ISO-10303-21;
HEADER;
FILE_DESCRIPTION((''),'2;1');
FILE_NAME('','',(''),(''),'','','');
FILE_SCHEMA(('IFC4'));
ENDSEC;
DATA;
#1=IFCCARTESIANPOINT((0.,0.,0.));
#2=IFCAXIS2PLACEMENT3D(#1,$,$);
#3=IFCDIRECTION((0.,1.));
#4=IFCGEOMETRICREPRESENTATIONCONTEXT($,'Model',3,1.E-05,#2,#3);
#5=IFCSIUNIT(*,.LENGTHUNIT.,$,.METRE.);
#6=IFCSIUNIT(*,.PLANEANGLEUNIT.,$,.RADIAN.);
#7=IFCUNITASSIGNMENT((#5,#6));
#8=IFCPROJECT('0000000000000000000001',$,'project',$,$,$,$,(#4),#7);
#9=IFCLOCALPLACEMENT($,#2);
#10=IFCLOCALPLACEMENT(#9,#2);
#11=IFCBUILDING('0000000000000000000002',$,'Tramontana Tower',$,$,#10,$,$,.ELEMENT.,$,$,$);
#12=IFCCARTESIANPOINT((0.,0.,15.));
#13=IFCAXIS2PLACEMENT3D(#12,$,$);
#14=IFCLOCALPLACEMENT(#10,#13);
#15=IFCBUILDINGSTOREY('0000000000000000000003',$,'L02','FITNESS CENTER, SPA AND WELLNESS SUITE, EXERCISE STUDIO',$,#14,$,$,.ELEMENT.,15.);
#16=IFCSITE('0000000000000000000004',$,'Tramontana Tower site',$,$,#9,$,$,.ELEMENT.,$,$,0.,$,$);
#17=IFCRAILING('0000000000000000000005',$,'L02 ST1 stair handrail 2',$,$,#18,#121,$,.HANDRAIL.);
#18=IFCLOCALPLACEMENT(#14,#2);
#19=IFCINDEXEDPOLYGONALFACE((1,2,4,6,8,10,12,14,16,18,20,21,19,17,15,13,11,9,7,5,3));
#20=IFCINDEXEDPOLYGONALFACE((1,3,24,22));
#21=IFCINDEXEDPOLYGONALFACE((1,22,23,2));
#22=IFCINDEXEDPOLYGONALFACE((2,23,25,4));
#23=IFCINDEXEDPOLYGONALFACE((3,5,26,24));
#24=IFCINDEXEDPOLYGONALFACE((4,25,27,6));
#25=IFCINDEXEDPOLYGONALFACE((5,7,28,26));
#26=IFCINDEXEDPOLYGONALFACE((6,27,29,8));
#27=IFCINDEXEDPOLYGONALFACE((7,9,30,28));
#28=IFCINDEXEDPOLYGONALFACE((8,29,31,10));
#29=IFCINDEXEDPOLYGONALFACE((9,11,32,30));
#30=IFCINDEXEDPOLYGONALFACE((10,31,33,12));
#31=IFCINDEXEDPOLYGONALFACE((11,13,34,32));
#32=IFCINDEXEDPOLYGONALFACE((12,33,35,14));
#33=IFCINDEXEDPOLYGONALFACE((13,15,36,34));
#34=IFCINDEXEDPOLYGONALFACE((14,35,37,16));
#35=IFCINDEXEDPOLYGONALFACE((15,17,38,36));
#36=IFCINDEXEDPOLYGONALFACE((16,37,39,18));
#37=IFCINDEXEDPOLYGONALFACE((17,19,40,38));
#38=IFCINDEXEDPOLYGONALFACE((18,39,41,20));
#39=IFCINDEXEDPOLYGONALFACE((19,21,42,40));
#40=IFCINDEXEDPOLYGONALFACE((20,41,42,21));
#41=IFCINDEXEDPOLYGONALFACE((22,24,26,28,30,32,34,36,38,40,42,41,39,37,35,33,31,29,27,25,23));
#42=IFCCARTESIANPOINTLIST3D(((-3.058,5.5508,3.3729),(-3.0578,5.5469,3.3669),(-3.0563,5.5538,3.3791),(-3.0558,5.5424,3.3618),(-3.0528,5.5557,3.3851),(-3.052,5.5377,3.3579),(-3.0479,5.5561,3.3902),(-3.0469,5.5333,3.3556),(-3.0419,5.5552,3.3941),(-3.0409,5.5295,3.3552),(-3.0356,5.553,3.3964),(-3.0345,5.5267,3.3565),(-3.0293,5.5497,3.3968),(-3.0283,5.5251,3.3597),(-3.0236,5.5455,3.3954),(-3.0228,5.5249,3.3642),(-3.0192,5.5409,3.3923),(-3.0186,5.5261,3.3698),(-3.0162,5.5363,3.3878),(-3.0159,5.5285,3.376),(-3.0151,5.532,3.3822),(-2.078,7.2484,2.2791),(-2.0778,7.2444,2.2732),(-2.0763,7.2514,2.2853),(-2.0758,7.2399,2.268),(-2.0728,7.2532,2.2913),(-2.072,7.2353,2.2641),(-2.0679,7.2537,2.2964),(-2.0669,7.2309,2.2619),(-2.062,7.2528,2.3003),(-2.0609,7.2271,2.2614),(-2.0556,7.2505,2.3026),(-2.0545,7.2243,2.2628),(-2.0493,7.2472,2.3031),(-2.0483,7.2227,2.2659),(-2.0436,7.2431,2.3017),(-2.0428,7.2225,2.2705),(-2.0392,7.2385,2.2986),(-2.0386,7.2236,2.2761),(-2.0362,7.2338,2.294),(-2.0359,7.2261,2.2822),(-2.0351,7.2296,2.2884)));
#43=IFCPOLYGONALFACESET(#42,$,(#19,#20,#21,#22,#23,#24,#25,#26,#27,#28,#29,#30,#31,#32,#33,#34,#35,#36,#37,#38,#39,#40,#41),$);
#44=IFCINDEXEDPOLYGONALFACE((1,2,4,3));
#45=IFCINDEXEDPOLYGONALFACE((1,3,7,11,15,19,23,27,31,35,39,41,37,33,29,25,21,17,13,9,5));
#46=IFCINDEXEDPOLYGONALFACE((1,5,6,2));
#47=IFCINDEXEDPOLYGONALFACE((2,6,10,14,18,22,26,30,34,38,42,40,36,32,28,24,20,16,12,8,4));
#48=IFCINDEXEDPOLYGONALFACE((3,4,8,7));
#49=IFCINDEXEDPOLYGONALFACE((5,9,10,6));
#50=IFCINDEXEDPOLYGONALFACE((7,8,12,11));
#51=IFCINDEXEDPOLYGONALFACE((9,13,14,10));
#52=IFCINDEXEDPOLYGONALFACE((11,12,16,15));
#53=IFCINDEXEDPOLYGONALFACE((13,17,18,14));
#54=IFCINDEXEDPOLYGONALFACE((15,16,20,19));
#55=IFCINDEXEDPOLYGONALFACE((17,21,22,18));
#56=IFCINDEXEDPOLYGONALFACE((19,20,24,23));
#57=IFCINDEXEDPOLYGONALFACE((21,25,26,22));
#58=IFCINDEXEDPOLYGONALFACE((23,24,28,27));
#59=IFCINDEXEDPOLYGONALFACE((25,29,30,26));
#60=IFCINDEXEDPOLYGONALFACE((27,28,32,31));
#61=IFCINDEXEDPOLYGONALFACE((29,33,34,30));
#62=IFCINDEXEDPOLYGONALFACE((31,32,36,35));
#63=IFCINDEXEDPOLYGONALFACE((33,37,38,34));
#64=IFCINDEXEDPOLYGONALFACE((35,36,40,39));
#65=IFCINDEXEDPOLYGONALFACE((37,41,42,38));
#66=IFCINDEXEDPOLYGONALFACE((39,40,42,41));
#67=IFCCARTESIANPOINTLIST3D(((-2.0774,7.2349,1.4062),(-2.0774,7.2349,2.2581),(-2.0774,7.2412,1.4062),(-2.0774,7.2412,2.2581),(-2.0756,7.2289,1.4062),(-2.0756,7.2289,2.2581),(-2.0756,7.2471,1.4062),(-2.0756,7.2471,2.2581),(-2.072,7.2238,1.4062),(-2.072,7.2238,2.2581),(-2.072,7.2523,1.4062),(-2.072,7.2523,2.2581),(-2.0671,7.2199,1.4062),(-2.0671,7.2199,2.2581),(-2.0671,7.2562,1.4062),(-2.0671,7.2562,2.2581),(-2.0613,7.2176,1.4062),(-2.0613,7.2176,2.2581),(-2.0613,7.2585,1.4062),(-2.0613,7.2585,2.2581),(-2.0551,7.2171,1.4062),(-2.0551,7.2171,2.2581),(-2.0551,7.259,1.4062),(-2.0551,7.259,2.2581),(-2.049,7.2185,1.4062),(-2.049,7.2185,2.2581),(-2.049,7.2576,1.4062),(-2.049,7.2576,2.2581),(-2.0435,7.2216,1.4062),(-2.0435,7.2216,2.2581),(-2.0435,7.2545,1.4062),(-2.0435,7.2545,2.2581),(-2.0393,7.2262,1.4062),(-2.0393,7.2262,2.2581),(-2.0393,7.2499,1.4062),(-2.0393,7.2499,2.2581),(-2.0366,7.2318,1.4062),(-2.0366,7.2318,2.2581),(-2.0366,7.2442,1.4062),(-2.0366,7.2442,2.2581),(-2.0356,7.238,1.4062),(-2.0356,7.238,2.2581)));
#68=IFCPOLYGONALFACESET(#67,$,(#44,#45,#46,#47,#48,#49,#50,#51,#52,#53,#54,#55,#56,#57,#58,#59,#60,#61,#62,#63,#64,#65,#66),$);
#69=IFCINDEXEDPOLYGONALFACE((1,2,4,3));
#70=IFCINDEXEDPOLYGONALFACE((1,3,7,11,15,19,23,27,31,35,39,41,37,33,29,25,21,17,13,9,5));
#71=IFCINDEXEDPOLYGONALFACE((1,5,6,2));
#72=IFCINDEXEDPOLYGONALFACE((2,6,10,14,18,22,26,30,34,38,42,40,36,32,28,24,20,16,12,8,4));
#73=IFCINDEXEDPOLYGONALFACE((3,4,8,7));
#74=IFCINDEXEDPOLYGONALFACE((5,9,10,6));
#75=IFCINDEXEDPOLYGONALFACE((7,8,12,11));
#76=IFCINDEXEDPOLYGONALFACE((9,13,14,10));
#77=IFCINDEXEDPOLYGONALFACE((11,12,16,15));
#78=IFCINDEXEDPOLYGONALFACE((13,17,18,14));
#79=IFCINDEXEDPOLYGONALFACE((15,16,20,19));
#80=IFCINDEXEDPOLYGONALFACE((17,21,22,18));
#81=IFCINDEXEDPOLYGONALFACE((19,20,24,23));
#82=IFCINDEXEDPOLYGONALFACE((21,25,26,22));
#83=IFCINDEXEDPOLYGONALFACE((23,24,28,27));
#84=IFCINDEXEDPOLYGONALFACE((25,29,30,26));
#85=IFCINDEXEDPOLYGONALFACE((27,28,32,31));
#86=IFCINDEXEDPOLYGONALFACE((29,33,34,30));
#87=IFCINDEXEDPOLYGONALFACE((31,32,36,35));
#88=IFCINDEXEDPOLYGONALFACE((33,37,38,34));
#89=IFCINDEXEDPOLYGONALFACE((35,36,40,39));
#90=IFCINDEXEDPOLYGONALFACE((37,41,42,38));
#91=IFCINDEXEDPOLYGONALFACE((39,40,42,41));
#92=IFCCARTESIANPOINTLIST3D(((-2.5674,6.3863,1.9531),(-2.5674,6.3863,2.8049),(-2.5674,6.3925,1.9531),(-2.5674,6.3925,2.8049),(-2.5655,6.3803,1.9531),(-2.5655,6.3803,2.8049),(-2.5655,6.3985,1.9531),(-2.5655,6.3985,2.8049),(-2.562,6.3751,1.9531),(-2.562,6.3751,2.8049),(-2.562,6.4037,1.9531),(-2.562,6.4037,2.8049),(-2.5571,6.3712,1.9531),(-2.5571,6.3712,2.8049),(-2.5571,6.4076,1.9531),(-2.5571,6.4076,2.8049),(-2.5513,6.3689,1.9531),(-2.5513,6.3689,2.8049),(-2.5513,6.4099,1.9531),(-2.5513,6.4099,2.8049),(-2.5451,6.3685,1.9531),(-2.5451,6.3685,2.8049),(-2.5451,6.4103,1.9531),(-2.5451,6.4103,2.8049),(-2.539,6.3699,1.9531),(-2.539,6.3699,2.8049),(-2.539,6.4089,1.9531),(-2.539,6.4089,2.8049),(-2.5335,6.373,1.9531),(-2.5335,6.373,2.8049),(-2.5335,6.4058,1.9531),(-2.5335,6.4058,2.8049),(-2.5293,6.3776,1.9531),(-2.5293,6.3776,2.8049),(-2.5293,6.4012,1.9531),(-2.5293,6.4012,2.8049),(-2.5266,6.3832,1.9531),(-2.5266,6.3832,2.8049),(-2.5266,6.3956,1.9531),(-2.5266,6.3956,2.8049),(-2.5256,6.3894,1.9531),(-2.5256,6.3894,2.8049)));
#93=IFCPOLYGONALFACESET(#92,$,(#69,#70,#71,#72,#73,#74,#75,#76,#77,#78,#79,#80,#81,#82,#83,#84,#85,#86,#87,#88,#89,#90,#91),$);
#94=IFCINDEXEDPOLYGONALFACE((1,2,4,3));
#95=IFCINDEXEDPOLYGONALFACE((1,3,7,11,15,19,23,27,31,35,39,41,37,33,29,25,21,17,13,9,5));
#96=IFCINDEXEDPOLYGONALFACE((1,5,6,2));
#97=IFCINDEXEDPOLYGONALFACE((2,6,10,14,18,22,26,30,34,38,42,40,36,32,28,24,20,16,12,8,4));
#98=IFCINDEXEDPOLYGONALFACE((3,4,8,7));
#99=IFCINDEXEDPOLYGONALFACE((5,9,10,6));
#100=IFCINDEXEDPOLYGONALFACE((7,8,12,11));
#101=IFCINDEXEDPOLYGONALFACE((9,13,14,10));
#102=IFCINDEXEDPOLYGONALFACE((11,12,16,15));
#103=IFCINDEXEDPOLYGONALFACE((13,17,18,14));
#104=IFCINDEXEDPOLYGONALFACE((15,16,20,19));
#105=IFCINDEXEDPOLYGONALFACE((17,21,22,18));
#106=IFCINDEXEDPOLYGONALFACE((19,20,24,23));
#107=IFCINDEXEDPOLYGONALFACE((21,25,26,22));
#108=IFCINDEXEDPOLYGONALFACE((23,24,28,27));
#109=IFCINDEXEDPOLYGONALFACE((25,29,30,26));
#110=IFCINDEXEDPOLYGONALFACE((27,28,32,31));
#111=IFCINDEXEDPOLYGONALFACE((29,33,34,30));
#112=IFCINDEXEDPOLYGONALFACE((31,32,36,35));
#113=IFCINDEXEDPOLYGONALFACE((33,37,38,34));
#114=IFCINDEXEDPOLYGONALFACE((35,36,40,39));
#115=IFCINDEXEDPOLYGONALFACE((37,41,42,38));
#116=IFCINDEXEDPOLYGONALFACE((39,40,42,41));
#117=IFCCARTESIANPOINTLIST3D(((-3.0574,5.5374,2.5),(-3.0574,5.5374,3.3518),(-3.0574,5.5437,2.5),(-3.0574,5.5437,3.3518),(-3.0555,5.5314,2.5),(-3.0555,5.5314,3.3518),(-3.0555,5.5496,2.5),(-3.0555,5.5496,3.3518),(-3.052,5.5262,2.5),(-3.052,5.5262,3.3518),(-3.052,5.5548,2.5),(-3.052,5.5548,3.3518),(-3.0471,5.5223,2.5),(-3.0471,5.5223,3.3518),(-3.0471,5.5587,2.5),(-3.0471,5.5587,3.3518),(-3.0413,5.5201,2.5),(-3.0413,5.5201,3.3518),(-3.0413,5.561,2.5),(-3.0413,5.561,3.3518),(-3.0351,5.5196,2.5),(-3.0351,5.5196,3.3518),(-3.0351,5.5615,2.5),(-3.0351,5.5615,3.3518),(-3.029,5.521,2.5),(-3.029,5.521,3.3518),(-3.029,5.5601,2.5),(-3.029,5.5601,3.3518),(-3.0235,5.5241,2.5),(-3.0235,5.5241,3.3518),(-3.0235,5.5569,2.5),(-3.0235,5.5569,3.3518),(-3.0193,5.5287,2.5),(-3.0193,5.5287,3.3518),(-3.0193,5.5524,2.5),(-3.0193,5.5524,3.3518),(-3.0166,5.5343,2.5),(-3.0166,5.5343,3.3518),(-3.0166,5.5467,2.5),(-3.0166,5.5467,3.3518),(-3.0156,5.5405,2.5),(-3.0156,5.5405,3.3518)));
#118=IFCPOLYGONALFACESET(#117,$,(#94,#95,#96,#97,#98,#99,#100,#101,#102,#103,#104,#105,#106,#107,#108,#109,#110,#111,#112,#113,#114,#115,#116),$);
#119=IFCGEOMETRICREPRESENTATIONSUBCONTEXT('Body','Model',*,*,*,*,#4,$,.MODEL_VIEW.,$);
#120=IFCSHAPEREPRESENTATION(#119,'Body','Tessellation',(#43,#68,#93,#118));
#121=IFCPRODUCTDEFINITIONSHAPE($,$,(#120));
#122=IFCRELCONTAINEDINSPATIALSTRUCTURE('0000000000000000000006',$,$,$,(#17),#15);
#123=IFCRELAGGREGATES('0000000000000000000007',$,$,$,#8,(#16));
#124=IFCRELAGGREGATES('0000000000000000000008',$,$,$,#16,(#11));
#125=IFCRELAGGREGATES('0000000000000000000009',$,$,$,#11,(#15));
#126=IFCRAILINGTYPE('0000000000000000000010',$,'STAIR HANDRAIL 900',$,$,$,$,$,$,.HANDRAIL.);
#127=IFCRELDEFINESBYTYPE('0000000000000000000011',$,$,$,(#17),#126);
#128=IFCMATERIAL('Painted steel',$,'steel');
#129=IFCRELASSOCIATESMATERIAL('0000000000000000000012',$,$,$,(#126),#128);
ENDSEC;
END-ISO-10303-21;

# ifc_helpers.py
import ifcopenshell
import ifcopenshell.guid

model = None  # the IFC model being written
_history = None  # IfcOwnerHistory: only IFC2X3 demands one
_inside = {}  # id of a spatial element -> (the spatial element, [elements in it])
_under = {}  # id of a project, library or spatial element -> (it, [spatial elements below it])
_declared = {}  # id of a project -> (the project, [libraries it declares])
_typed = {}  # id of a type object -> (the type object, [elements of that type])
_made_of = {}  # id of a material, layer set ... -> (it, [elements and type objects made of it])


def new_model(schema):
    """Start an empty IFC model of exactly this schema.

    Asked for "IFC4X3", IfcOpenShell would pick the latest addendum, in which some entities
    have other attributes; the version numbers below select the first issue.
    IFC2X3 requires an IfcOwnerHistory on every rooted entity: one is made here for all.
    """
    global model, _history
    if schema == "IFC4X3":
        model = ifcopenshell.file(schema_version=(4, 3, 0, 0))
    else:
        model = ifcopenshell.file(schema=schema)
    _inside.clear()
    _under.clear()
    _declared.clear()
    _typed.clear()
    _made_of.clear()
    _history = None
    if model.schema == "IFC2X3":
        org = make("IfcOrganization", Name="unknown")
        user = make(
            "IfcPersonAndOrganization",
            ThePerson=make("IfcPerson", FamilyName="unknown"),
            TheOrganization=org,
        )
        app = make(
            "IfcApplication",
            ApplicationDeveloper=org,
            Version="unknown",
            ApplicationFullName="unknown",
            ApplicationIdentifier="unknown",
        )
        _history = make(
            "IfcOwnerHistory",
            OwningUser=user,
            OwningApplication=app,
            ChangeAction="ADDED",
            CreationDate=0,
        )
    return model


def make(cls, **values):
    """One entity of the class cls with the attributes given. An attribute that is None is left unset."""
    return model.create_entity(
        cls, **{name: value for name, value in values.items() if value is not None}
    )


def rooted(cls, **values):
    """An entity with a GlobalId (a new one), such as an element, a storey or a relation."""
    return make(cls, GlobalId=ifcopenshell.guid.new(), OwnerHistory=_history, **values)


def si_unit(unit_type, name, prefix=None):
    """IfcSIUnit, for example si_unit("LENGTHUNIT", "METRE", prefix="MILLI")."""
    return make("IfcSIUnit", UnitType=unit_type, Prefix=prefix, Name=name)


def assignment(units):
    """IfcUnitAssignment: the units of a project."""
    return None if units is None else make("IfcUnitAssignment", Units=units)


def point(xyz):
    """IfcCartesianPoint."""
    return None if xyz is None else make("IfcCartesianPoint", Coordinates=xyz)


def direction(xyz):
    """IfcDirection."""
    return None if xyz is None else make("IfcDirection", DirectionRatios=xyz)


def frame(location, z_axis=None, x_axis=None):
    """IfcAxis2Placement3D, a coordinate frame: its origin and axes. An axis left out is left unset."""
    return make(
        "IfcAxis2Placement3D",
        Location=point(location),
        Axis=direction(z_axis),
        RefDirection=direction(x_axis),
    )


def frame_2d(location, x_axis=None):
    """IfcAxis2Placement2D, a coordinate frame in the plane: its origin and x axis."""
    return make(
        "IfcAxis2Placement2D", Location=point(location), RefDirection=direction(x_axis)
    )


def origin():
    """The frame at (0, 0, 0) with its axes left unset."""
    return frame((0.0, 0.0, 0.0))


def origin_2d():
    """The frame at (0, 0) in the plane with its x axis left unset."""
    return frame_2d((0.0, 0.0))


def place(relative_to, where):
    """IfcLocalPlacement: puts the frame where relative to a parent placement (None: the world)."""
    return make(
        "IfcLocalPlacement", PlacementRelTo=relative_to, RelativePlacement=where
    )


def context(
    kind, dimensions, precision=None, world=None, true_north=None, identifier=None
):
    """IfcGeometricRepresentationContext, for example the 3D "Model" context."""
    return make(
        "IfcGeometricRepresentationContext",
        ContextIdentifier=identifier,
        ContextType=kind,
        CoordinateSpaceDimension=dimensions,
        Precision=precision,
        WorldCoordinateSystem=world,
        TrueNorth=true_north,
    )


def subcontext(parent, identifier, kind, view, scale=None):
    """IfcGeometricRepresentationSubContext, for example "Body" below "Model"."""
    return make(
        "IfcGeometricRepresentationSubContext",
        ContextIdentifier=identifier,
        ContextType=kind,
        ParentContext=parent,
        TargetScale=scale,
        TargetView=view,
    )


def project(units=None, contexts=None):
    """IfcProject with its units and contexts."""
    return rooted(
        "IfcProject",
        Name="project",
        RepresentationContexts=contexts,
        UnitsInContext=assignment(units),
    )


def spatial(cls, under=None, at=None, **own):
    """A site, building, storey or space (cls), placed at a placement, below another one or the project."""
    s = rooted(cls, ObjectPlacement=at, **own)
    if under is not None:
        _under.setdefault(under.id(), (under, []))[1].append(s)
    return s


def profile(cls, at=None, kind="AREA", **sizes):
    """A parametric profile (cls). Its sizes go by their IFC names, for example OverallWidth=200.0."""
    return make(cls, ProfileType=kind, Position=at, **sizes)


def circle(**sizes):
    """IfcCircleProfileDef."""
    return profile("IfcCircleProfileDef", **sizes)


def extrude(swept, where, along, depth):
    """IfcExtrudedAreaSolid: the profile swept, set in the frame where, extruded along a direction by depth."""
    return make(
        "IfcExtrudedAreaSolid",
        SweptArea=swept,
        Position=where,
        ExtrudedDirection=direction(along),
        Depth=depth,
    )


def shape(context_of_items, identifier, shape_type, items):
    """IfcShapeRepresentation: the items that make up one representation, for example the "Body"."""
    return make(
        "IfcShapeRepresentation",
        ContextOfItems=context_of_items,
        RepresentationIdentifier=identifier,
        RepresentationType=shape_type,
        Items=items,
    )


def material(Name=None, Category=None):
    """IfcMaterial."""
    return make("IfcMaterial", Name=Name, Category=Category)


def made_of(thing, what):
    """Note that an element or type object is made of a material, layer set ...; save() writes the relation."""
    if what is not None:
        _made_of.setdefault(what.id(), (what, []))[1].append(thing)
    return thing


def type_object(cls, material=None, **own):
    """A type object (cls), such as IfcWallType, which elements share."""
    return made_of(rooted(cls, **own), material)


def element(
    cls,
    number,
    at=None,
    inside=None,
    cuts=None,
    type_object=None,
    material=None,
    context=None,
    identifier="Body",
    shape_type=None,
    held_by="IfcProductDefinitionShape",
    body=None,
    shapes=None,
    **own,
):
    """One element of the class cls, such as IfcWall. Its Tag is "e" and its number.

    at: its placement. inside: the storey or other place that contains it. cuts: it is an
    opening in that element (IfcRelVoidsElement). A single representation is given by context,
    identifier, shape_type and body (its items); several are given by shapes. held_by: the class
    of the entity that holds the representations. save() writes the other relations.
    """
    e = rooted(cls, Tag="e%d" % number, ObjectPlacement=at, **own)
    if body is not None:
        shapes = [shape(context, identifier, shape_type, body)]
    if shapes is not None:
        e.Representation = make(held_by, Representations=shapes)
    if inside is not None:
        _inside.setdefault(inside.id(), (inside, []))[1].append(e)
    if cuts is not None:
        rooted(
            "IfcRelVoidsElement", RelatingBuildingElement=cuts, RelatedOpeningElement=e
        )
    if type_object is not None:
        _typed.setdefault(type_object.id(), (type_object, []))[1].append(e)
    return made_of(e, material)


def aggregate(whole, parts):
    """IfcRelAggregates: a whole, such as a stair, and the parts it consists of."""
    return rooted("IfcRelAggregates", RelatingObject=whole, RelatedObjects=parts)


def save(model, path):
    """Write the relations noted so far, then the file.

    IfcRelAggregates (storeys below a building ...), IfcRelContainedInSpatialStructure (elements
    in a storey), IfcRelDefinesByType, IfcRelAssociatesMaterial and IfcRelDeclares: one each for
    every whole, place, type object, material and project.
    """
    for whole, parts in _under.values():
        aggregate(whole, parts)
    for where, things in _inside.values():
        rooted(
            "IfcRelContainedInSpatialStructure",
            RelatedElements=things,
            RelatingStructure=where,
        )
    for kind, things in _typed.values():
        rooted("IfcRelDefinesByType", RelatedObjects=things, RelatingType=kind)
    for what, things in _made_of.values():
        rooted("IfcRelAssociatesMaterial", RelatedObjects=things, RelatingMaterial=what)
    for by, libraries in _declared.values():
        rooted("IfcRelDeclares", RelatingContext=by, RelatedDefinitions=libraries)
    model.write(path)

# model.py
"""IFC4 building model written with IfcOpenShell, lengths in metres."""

from ifc_helpers import new_model, si_unit, direction, frame, origin, origin_2d, place, context, subcontext, project, spatial, circle, extrude, material, type_object, element, save


model = new_model("IFC4")

# Units and contexts
model_context = context("Model", 3, precision=1e-05, world=origin(), true_north=direction((0.0, 1.0)))
body_context = subcontext(model_context, "Body", "Model", "MODEL_VIEW")
ifc_project = project(units=[si_unit("LENGTHUNIT", "METRE"), si_unit("PLANEANGLEUNIT", "RADIAN")], contexts=[model_context])

# Site, building, storey
site_placement = place(None, origin())
site = spatial("IfcSite", under=ifc_project, at=site_placement, Name="Tramontana Tower site", CompositionType="ELEMENT", RefElevation=0.0)
building_placement = place(site_placement, origin())
building = spatial("IfcBuilding", under=site, at=building_placement, Name="Tramontana Tower", CompositionType="ELEMENT")
storey_placement = place(building_placement, frame((0.0, 0.0, 15.0)))
storey = spatial("IfcBuildingStorey", under=building, at=storey_placement, Name="L02", Description="FITNESS CENTER, SPA AND WELLNESS SUITE, EXERCISE STUDIO", CompositionType="ELEMENT", Elevation=15.0)

# Railing
ifc_material_1 = material(Name="Painted steel", Category="steel")
railing_type_1 = type_object("IfcRailingType", Name="STAIR HANDRAIL 900", PredefinedType="HANDRAIL", material=ifc_material_1)
railing_1_placement = place(storey_placement, frame((-2.0566, 7.238, 1.4062)))
element("IfcRailing", 1, at=railing_1_placement, inside=storey, type_object=railing_type_1, Name="L02 ST1 stair handrail 2", PredefinedType="HANDRAIL", context=body_context, shape_type="SweptSolid", body=[
    extrude(circle(Radius=0.0239, at=origin_2d()), frame((0.0, 0.0, 0.876), z_axis=(-0.436596, -0.756267, 0.487282), x_axis=(0.866042, -0.49997, 0.0)), (0.0, 0.0, 1.0), 2.2446),
    extrude(circle(Radius=0.021, at=origin_2d()), origin(), (0.0, 0.0, 1.0), 0.8518),
    extrude(circle(Radius=0.021, at=origin_2d()), frame((-0.49, -0.8486, 0.5469)), (0.0, 0.0, 1.0), 0.8518),
    extrude(circle(Radius=0.021, at=origin_2d()), frame((-0.98, -1.6975, 1.0938)), (0.0, 0.0, 1.0), 0.8518),
])

save(model, "model.ifc")
